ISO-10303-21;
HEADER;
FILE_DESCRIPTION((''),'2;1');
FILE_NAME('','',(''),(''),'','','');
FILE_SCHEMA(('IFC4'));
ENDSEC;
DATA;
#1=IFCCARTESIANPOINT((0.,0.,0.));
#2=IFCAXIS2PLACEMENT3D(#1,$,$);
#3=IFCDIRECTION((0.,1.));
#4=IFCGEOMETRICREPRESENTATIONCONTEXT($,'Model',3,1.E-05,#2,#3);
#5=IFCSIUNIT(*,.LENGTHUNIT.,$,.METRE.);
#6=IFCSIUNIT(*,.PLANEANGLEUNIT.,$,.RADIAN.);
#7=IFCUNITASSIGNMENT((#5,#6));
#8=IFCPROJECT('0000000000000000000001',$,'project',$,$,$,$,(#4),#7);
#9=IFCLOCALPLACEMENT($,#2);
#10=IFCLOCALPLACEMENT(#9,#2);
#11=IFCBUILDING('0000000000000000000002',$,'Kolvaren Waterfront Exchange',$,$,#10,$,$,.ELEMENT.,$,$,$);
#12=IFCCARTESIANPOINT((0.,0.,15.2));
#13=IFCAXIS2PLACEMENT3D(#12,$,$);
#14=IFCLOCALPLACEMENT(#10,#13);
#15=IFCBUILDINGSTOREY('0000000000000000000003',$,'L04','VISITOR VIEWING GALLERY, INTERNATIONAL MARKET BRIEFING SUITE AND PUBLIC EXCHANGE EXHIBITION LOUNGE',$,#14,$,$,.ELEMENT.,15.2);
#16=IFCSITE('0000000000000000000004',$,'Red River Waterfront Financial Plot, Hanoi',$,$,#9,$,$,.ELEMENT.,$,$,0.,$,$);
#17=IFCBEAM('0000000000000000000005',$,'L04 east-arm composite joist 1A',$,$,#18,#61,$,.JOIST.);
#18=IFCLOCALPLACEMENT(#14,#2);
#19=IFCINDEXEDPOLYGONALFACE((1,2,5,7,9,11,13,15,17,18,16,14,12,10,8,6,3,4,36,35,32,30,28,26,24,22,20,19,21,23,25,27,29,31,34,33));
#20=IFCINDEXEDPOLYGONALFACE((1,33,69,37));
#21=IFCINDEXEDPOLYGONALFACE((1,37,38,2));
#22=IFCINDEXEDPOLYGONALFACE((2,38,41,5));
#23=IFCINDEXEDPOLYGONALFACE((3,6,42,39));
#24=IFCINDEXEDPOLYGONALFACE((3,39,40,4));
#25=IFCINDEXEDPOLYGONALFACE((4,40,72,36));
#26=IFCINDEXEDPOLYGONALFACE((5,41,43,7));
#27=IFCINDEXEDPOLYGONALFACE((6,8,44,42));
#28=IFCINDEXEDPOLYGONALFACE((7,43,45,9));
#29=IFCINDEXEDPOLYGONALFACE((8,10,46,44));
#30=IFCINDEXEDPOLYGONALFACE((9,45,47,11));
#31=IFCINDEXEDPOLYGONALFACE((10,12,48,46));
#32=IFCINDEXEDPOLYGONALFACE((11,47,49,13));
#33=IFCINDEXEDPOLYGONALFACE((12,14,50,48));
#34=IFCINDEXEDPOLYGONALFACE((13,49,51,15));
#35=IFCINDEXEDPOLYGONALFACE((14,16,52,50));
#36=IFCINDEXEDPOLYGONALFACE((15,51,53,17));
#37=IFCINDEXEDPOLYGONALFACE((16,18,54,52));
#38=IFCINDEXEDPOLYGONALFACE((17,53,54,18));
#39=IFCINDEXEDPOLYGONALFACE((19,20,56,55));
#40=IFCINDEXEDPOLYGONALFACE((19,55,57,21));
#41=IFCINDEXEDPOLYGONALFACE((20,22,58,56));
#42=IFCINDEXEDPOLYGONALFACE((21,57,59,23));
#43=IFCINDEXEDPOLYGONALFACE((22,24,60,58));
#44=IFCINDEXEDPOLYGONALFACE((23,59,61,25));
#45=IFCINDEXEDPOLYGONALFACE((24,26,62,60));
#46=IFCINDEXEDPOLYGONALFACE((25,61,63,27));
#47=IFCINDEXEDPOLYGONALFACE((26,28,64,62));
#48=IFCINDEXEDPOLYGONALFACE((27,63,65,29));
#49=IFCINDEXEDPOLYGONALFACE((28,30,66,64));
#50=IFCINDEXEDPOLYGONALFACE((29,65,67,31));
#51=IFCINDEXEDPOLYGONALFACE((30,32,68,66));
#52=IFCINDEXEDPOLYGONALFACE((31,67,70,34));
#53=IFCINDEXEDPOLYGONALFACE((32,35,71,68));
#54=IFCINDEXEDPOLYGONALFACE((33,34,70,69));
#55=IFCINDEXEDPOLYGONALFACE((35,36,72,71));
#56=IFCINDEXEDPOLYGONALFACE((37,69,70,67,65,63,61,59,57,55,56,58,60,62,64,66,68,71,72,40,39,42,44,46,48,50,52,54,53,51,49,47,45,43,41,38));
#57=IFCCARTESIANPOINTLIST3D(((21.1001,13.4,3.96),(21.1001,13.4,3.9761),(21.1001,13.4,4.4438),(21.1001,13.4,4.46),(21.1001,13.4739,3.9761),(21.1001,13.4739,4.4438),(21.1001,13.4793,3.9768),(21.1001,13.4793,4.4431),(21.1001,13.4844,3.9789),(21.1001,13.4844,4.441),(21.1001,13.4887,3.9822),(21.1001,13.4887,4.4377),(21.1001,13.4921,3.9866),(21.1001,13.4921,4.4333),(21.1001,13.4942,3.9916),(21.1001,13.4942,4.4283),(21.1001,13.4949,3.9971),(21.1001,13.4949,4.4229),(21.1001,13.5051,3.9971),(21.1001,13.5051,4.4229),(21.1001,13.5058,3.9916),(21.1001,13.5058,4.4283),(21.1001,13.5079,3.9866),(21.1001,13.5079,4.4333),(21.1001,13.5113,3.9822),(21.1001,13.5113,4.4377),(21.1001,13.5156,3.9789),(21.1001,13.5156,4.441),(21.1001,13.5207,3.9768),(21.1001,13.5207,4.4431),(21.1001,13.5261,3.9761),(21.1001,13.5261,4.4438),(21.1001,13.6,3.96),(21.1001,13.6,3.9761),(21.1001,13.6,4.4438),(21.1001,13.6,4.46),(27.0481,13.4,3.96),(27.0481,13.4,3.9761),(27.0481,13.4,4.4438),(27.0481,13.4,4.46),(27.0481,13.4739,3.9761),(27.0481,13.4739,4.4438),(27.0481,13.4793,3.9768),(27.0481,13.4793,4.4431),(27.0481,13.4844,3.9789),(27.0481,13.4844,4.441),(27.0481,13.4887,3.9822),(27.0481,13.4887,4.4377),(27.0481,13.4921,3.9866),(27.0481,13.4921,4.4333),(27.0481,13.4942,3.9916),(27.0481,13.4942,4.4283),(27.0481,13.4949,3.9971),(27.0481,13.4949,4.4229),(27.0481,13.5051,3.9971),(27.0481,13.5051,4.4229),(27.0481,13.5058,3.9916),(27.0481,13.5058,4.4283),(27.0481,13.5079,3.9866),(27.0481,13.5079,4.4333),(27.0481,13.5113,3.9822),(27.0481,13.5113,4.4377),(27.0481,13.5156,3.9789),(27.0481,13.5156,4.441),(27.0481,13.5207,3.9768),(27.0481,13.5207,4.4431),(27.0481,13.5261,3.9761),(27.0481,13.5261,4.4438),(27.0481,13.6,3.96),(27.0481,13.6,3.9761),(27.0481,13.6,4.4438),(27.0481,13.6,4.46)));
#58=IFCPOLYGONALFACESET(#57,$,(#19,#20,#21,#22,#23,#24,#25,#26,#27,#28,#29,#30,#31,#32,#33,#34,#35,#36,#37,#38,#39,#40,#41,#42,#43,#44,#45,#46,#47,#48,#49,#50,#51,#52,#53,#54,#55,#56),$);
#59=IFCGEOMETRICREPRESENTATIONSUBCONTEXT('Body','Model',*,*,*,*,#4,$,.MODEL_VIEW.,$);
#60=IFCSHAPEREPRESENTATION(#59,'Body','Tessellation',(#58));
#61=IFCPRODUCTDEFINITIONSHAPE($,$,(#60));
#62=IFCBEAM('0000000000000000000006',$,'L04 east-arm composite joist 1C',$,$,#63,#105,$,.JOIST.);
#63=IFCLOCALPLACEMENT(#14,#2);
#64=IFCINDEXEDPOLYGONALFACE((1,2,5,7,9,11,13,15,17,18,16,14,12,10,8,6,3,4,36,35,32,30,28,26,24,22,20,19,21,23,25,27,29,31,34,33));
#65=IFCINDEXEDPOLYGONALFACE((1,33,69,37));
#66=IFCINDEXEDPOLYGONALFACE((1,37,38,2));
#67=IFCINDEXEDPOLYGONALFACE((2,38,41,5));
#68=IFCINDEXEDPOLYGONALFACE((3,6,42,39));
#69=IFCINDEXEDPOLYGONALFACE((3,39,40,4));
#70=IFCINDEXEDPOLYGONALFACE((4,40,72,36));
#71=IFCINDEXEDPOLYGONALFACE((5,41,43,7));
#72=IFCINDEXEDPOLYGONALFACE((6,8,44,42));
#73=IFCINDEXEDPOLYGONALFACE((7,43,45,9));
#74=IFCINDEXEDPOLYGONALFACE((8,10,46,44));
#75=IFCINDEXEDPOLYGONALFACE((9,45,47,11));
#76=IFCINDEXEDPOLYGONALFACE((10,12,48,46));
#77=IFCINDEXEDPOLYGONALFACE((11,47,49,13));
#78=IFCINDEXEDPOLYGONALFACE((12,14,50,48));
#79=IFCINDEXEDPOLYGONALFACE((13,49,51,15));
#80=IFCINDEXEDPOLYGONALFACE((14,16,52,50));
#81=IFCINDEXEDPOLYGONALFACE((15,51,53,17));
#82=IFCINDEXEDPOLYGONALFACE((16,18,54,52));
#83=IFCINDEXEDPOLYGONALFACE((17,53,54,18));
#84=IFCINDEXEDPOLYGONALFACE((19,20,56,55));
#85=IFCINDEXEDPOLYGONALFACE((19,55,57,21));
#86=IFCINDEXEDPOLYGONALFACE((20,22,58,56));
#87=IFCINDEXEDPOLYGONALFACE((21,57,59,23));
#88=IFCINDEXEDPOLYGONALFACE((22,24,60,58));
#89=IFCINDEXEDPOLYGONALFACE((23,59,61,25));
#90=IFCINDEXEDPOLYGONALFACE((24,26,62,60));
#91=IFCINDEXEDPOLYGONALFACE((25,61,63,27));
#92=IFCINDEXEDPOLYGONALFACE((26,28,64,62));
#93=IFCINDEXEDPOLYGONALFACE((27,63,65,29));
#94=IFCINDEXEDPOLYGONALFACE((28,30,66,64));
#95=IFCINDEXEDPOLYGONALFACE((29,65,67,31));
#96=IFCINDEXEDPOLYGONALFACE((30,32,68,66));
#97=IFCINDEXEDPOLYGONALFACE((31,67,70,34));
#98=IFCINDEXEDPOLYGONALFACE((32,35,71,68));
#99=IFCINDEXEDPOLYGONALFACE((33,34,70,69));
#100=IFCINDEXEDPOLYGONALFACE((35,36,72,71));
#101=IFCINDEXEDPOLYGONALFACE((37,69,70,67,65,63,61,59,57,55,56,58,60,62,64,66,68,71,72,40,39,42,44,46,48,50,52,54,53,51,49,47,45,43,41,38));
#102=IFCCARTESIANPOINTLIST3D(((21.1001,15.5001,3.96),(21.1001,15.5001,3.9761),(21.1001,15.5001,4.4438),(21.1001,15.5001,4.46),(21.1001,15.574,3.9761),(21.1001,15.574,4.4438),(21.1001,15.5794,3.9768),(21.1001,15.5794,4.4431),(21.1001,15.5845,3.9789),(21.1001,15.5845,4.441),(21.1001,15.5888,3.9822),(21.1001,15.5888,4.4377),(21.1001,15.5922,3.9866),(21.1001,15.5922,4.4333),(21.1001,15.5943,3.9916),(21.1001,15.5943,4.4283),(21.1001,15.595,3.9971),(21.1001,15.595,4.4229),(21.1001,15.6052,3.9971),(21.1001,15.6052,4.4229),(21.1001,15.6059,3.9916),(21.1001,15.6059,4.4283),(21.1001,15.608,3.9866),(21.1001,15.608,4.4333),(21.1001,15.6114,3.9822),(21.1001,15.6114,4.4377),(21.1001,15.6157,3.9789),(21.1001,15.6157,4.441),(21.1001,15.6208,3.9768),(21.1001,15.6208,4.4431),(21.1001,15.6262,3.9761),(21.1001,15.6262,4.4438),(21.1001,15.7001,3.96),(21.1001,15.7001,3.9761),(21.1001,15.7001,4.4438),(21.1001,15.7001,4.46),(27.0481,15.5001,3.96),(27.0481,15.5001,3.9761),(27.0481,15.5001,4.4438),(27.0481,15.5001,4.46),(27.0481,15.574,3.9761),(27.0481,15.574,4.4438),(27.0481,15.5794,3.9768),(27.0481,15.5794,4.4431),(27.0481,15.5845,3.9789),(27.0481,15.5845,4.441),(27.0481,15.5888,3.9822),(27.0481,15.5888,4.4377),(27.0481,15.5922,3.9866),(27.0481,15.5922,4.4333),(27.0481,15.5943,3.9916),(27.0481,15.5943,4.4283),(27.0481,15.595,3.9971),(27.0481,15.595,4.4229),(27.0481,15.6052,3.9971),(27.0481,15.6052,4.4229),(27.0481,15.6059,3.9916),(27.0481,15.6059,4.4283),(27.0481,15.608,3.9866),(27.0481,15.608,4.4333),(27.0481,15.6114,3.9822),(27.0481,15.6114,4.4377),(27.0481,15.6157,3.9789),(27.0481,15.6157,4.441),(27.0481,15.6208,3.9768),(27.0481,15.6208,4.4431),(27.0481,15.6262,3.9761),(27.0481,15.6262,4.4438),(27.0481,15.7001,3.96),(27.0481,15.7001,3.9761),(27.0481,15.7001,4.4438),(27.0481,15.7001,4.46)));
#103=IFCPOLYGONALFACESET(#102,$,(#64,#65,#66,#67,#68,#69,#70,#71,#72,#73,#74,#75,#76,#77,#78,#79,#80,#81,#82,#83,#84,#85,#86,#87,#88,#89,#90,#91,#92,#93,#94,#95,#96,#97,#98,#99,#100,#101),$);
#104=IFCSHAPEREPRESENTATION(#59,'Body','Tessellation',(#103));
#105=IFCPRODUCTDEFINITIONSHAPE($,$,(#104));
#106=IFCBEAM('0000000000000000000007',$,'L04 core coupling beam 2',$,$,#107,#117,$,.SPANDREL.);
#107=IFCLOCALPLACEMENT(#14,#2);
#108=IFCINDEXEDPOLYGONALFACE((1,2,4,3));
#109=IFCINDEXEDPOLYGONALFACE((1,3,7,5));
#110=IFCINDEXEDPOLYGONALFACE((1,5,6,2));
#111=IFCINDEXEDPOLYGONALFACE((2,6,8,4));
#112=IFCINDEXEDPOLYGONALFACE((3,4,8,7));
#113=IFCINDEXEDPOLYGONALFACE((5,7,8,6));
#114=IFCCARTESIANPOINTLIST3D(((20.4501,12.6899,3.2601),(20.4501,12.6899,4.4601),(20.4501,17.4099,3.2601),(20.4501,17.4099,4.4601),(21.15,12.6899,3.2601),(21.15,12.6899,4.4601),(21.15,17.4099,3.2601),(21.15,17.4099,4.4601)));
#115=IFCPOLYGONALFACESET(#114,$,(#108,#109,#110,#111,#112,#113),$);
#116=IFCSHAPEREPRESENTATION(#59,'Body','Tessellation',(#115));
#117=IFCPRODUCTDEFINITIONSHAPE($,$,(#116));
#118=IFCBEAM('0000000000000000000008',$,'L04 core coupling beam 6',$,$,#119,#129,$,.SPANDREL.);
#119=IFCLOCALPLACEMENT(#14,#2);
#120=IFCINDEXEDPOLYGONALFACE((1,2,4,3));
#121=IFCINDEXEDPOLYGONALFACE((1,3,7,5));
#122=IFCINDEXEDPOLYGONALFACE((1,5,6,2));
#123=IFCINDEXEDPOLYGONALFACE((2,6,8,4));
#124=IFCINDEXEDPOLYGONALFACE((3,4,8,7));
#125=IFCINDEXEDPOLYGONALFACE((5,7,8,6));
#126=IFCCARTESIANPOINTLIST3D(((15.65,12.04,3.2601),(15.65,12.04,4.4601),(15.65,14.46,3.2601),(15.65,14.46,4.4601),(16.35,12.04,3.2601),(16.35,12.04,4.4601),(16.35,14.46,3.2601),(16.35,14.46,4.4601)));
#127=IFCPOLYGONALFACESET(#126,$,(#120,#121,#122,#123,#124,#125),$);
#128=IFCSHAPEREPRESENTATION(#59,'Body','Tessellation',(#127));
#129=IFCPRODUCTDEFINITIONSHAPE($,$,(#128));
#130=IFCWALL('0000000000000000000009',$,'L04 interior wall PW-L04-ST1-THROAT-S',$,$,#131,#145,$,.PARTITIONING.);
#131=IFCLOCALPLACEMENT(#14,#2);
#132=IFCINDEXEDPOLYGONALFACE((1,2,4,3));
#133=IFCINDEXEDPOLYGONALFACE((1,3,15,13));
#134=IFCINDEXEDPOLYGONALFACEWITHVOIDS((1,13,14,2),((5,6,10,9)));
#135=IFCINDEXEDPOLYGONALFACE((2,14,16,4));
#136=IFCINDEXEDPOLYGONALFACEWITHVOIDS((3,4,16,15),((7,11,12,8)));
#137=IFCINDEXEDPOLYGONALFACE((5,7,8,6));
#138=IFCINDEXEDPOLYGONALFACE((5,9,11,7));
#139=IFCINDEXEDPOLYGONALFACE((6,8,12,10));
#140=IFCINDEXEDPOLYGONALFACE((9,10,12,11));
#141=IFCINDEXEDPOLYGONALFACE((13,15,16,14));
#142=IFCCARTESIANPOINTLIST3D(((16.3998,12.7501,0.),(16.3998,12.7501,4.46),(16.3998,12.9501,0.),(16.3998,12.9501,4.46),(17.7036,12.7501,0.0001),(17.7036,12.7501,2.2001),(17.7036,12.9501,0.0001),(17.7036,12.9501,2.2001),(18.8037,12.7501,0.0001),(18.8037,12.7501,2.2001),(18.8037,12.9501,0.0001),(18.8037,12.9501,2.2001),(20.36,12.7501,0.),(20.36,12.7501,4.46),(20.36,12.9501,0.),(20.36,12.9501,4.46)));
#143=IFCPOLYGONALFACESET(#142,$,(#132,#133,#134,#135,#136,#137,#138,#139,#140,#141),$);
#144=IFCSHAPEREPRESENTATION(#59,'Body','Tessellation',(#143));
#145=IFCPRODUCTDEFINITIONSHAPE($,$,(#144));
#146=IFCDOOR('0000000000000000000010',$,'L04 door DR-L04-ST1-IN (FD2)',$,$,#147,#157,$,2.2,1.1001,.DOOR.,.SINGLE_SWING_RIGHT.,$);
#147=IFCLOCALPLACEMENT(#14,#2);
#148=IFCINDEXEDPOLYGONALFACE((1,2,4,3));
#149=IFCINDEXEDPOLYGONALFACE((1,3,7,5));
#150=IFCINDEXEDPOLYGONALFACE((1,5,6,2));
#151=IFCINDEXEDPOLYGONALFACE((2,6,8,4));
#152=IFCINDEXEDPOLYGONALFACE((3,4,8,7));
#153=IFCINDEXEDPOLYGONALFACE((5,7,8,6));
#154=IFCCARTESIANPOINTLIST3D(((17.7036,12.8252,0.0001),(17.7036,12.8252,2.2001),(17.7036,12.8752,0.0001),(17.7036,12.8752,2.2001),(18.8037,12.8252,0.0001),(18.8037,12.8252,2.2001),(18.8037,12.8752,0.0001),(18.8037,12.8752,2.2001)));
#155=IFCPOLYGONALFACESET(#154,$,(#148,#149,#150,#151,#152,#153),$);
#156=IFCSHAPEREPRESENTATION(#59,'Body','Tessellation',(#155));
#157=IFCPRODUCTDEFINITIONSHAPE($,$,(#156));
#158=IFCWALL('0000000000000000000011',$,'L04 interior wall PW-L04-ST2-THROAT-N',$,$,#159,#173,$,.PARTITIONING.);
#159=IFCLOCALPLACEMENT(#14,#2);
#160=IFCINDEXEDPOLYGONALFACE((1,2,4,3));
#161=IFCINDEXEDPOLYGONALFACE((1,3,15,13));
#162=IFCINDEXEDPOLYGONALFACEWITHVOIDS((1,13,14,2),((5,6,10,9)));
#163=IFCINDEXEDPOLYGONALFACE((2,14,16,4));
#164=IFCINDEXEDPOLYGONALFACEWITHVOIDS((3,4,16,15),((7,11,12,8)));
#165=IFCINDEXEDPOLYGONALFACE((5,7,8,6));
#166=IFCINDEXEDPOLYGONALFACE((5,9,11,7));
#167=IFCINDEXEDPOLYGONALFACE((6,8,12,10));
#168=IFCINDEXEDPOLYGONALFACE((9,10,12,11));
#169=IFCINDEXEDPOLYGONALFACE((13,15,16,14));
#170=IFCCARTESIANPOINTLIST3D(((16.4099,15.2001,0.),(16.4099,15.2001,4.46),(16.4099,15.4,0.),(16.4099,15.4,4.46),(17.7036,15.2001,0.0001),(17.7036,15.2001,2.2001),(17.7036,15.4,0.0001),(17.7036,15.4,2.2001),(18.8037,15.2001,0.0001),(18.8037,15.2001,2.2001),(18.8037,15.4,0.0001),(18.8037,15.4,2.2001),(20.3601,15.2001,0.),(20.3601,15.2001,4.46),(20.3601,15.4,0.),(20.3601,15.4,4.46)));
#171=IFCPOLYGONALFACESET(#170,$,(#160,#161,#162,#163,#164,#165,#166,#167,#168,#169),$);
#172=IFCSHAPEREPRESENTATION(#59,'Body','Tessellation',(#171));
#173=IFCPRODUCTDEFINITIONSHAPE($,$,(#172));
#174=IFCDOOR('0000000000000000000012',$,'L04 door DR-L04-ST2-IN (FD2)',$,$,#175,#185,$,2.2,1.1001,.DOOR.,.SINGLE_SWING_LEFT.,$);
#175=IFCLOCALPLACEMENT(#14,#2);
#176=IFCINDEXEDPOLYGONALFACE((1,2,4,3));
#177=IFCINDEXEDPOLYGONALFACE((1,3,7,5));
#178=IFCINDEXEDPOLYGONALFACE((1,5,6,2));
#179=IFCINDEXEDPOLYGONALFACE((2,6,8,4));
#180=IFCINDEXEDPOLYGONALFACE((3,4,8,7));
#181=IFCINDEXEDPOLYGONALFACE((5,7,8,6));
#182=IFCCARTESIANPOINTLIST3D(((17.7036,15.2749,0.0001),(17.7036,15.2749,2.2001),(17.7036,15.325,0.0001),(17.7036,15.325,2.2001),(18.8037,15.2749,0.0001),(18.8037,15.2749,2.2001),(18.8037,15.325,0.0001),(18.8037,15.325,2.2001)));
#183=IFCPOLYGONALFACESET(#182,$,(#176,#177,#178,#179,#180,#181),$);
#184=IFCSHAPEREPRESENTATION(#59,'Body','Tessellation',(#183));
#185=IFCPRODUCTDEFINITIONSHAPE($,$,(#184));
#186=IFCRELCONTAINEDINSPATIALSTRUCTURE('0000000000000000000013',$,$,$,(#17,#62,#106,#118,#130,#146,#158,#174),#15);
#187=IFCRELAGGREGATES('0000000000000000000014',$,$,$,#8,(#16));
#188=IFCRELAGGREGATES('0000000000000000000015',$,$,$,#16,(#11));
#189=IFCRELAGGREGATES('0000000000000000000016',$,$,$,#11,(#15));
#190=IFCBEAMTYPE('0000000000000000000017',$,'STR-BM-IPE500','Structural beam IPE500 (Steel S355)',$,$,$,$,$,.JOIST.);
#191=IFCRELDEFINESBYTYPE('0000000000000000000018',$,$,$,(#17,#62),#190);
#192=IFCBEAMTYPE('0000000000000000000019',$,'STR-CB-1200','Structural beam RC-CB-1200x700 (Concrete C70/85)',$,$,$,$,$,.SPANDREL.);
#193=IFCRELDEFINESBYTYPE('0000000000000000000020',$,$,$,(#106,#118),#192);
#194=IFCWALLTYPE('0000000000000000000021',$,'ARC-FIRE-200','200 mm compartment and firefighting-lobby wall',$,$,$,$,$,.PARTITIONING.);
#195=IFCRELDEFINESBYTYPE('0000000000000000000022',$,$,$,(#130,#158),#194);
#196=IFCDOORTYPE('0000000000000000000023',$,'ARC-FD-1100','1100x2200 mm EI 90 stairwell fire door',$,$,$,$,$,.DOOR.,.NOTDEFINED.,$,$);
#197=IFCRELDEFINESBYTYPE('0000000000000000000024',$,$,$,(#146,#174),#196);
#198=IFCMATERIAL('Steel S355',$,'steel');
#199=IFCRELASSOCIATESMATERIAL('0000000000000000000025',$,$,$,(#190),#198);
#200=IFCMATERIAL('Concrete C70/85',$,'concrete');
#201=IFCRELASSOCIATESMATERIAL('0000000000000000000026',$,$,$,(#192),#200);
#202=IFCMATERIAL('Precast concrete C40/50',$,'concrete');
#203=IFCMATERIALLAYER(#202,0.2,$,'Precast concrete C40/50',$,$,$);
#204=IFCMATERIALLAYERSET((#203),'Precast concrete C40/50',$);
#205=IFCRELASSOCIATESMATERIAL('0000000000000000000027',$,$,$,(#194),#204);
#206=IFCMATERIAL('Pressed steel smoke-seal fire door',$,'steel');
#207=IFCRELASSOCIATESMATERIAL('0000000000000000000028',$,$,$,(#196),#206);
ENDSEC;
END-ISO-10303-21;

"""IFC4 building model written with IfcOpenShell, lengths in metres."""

from ifc_helpers import new_model, si_unit, direction, frame, frame_2d, origin, origin_2d, place, context, subcontext, project, spatial, rectangle, i_section, extrude, material, layer, layer_set, material_profile, profile_set, type_object, element, fill, save


model = new_model("IFC4")

# Units and contexts
model_context = context("Model", 3, precision=1e-05, world=origin(), true_north=direction((0.0, 1.0)))
body_context = subcontext(model_context, "Body", "Model", "MODEL_VIEW")
ifc_project = project(units=[si_unit("LENGTHUNIT", "METRE"), si_unit("PLANEANGLEUNIT", "RADIAN")], contexts=[model_context])

# Site, building, storey
site_placement = place(None, origin())
site = spatial("IfcSite", under=ifc_project, at=site_placement, Name="Red River Waterfront Financial Plot, Hanoi", CompositionType="ELEMENT", RefElevation=0.0)
building_placement = place(site_placement, origin())
building = spatial("IfcBuilding", under=site, at=building_placement, Name="Kolvaren Waterfront Exchange", CompositionType="ELEMENT")
storey_placement = place(building_placement, frame((0.0, 0.0, 15.2)))
storey = spatial("IfcBuildingStorey", under=building, at=storey_placement, Name="L04", Description="VISITOR VIEWING GALLERY, INTERNATIONAL MARKET BRIEFING SUITE AND PUBLIC EXCHANGE EXHIBITION LOUNGE", CompositionType="ELEMENT", Elevation=15.2)

# Beams
ifc_material_1 = material(Name="Steel S355", Category="steel")
ifc_material_profile_1 = material_profile(ifc_material_1, i_section(OverallWidth=0.2, OverallDepth=0.5, WebThickness=0.0103, FlangeThickness=0.0161, FilletRadius=0.021, at=origin_2d()), Name="IPE500")
ifc_profile_set_1 = profile_set([ifc_material_profile_1], Name="Steel S355")
beam_type_1 = type_object("IfcBeamType", Name="STR-BM-IPE500", Description="Structural beam IPE500 (Steel S355)", PredefinedType="JOIST", material=ifc_profile_set_1)
for number, where, z_axis, x_axis, name in (
    (1, (21.1001, 13.5, 4.21), (1.0, 0.0, 0.0), (0.0, 1.0, 0.0), "L04 east-arm composite joist 1A"),
    (2, (21.1001, 15.6001, 4.21), (1.0, 0.0, 0.0), (0.0, 1.0, 0.0), "L04 east-arm composite joist 1C"),
):
    element("IfcBeam", number, at=place(storey_placement, frame(where, z_axis=z_axis, x_axis=x_axis)), inside=storey, type_object=beam_type_1, Name=name, PredefinedType="JOIST", context=body_context, shape_type="SweptSolid", body=[
        extrude(i_section(OverallWidth=0.2, OverallDepth=0.5, WebThickness=0.0103, FlangeThickness=0.0161, FilletRadius=0.021, at=origin_2d()), origin(), (0.0, 0.0, 1.0), 5.948),
    ])
ifc_material_2 = material(Name="Concrete C70/85", Category="concrete")
ifc_material_profile_2 = material_profile(ifc_material_2, rectangle(XDim=0.7, YDim=1.2, at=origin_2d()), Name="RC-CB-1200x700")
ifc_profile_set_2 = profile_set([ifc_material_profile_2], Name="Concrete C70/85")
beam_type_2 = type_object("IfcBeamType", Name="STR-CB-1200", Description="Structural beam RC-CB-1200x700 (Concrete C70/85)", PredefinedType="SPANDREL", material=ifc_profile_set_2)
beam_1_placement = place(storey_placement, frame((20.8, 12.6899, 3.8601), z_axis=(0.0, 1.0, 0.0), x_axis=(-1.0, 0.0, 0.0)))
element("IfcBeam", 3, at=beam_1_placement, inside=storey, type_object=beam_type_2, Name="L04 core coupling beam 2", PredefinedType="SPANDREL", context=body_context, shape_type="SweptSolid", body=[
    extrude(rectangle(XDim=0.7, YDim=1.2, at=origin_2d()), origin(), (0.0, 0.0, 1.0), 4.72),
])
beam_2_placement = place(storey_placement, frame((16.0, 12.04, 3.8601), z_axis=(0.0, 1.0, 0.0), x_axis=(-1.0, 0.0, 0.0)))
element("IfcBeam", 4, at=beam_2_placement, inside=storey, type_object=beam_type_2, Name="L04 core coupling beam 6", PredefinedType="SPANDREL", context=body_context, shape_type="SweptSolid", body=[
    extrude(rectangle(XDim=0.7, YDim=1.2, at=origin_2d()), origin(), (0.0, 0.0, 1.0), 2.4199),
])

# Walls, openings, doors
ifc_material_3 = material(Name="Precast concrete C40/50", Category="concrete")
ifc_layer_1 = layer(ifc_material_3, 0.2, Name="Precast concrete C40/50")
ifc_layer_set_1 = layer_set([ifc_layer_1], Name="Precast concrete C40/50")
wall_type_1 = type_object("IfcWallType", Name="ARC-FIRE-200", Description="200 mm compartment and firefighting-lobby wall", PredefinedType="PARTITIONING", material=ifc_layer_set_1)
wall_1_placement = place(storey_placement, frame((16.3999, 12.8501, 0.0), z_axis=(0.0, 0.0, 1.0), x_axis=(1.0, 0.0, 0.0)))
wall_1 = element("IfcWall", 5, at=wall_1_placement, inside=storey, type_object=wall_type_1, Name="L04 interior wall PW-L04-ST1-THROAT-S", PredefinedType="PARTITIONING", context=body_context, shape_type="SweptSolid", body=[
    extrude(rectangle(XDim=3.9602, YDim=0.2, at=frame_2d((1.98, 0.0))), origin(), (0.0, 0.0, 1.0), 4.46),
])
opening_1_placement = place(wall_1_placement, frame((1.3037, 0.0, 0.0)))
opening_1 = element("IfcOpeningElement", 6, at=opening_1_placement, cuts=wall_1, PredefinedType="OPENING", context=body_context, shape_type="SweptSolid", body=[
    extrude(rectangle(XDim=1.1001, YDim=2.2, at=frame_2d((0.55, 1.1001))), frame((0.0, 0.1099, 0.0), z_axis=(0.0, -1.0, 0.0), x_axis=(1.0, 0.0, 0.0)), (0.0, 0.0, 1.0), 0.22),
])
ifc_material_4 = material(Name="Pressed steel smoke-seal fire door", Category="steel")
door_type_1 = type_object("IfcDoorType", Name="ARC-FD-1100", Description="1100x2200 mm EI 90 stairwell fire door", OperationType="NOTDEFINED", PredefinedType="DOOR", material=ifc_material_4)
door_1_placement = place(opening_1_placement, frame((1.1001, 0.0, 0.0), z_axis=(0.0, 0.0, 1.0), x_axis=(-1.0, 0.0, 0.0)))
door_1 = element("IfcDoor", 7, at=door_1_placement, inside=storey, type_object=door_type_1, Name="L04 door DR-L04-ST1-IN (FD2)", OperationType="SINGLE_SWING_RIGHT", OverallHeight=2.2, OverallWidth=1.1001, PredefinedType="DOOR", context=body_context, shape_type="SweptSolid", body=[
    extrude(rectangle(XDim=1.1001, YDim=2.2, at=frame_2d((0.55, 1.1001))), frame((0.0, 0.0249, 0.0), z_axis=(0.0, -1.0, 0.0), x_axis=(1.0, 0.0, 0.0)), (0.0, 0.0, 1.0), 0.05),
])
fill(opening_1, door_1)
wall_2_placement = place(storey_placement, frame((16.4099, 15.3, 0.0), z_axis=(0.0, 0.0, 1.0), x_axis=(1.0, 0.0, 0.0)))
wall_2 = element("IfcWall", 8, at=wall_2_placement, inside=storey, type_object=wall_type_1, Name="L04 interior wall PW-L04-ST2-THROAT-N", PredefinedType="PARTITIONING", context=body_context, shape_type="SweptSolid", body=[
    extrude(rectangle(XDim=3.9502, YDim=0.2, at=frame_2d((1.9751, 0.0))), origin(), (0.0, 0.0, 1.0), 4.46),
])
opening_2_placement = place(wall_2_placement, frame((1.2937, 0.0, 0.0)))
opening_2 = element("IfcOpeningElement", 9, at=opening_2_placement, cuts=wall_2, PredefinedType="OPENING", context=body_context, shape_type="SweptSolid", body=[
    extrude(rectangle(XDim=1.1001, YDim=2.2, at=frame_2d((0.55, 1.1001))), frame((0.0, 0.1099, 0.0), z_axis=(0.0, -1.0, 0.0), x_axis=(1.0, 0.0, 0.0)), (0.0, 0.0, 1.0), 0.22),
])
door_2_placement = place(opening_2_placement, origin())
door_2 = element("IfcDoor", 10, at=door_2_placement, inside=storey, type_object=door_type_1, Name="L04 door DR-L04-ST2-IN (FD2)", OperationType="SINGLE_SWING_LEFT", OverallHeight=2.2, OverallWidth=1.1001, PredefinedType="DOOR", context=body_context, shape_type="SweptSolid", body=[
    extrude(rectangle(XDim=1.1001, YDim=2.2, at=frame_2d((0.55, 1.1001))), frame((0.0, 0.0249, 0.0), z_axis=(0.0, -1.0, 0.0), x_axis=(1.0, 0.0, 0.0)), (0.0, 0.0, 1.0), 0.05),
])
fill(opening_2, door_2)

save(model, "model.ifc")
